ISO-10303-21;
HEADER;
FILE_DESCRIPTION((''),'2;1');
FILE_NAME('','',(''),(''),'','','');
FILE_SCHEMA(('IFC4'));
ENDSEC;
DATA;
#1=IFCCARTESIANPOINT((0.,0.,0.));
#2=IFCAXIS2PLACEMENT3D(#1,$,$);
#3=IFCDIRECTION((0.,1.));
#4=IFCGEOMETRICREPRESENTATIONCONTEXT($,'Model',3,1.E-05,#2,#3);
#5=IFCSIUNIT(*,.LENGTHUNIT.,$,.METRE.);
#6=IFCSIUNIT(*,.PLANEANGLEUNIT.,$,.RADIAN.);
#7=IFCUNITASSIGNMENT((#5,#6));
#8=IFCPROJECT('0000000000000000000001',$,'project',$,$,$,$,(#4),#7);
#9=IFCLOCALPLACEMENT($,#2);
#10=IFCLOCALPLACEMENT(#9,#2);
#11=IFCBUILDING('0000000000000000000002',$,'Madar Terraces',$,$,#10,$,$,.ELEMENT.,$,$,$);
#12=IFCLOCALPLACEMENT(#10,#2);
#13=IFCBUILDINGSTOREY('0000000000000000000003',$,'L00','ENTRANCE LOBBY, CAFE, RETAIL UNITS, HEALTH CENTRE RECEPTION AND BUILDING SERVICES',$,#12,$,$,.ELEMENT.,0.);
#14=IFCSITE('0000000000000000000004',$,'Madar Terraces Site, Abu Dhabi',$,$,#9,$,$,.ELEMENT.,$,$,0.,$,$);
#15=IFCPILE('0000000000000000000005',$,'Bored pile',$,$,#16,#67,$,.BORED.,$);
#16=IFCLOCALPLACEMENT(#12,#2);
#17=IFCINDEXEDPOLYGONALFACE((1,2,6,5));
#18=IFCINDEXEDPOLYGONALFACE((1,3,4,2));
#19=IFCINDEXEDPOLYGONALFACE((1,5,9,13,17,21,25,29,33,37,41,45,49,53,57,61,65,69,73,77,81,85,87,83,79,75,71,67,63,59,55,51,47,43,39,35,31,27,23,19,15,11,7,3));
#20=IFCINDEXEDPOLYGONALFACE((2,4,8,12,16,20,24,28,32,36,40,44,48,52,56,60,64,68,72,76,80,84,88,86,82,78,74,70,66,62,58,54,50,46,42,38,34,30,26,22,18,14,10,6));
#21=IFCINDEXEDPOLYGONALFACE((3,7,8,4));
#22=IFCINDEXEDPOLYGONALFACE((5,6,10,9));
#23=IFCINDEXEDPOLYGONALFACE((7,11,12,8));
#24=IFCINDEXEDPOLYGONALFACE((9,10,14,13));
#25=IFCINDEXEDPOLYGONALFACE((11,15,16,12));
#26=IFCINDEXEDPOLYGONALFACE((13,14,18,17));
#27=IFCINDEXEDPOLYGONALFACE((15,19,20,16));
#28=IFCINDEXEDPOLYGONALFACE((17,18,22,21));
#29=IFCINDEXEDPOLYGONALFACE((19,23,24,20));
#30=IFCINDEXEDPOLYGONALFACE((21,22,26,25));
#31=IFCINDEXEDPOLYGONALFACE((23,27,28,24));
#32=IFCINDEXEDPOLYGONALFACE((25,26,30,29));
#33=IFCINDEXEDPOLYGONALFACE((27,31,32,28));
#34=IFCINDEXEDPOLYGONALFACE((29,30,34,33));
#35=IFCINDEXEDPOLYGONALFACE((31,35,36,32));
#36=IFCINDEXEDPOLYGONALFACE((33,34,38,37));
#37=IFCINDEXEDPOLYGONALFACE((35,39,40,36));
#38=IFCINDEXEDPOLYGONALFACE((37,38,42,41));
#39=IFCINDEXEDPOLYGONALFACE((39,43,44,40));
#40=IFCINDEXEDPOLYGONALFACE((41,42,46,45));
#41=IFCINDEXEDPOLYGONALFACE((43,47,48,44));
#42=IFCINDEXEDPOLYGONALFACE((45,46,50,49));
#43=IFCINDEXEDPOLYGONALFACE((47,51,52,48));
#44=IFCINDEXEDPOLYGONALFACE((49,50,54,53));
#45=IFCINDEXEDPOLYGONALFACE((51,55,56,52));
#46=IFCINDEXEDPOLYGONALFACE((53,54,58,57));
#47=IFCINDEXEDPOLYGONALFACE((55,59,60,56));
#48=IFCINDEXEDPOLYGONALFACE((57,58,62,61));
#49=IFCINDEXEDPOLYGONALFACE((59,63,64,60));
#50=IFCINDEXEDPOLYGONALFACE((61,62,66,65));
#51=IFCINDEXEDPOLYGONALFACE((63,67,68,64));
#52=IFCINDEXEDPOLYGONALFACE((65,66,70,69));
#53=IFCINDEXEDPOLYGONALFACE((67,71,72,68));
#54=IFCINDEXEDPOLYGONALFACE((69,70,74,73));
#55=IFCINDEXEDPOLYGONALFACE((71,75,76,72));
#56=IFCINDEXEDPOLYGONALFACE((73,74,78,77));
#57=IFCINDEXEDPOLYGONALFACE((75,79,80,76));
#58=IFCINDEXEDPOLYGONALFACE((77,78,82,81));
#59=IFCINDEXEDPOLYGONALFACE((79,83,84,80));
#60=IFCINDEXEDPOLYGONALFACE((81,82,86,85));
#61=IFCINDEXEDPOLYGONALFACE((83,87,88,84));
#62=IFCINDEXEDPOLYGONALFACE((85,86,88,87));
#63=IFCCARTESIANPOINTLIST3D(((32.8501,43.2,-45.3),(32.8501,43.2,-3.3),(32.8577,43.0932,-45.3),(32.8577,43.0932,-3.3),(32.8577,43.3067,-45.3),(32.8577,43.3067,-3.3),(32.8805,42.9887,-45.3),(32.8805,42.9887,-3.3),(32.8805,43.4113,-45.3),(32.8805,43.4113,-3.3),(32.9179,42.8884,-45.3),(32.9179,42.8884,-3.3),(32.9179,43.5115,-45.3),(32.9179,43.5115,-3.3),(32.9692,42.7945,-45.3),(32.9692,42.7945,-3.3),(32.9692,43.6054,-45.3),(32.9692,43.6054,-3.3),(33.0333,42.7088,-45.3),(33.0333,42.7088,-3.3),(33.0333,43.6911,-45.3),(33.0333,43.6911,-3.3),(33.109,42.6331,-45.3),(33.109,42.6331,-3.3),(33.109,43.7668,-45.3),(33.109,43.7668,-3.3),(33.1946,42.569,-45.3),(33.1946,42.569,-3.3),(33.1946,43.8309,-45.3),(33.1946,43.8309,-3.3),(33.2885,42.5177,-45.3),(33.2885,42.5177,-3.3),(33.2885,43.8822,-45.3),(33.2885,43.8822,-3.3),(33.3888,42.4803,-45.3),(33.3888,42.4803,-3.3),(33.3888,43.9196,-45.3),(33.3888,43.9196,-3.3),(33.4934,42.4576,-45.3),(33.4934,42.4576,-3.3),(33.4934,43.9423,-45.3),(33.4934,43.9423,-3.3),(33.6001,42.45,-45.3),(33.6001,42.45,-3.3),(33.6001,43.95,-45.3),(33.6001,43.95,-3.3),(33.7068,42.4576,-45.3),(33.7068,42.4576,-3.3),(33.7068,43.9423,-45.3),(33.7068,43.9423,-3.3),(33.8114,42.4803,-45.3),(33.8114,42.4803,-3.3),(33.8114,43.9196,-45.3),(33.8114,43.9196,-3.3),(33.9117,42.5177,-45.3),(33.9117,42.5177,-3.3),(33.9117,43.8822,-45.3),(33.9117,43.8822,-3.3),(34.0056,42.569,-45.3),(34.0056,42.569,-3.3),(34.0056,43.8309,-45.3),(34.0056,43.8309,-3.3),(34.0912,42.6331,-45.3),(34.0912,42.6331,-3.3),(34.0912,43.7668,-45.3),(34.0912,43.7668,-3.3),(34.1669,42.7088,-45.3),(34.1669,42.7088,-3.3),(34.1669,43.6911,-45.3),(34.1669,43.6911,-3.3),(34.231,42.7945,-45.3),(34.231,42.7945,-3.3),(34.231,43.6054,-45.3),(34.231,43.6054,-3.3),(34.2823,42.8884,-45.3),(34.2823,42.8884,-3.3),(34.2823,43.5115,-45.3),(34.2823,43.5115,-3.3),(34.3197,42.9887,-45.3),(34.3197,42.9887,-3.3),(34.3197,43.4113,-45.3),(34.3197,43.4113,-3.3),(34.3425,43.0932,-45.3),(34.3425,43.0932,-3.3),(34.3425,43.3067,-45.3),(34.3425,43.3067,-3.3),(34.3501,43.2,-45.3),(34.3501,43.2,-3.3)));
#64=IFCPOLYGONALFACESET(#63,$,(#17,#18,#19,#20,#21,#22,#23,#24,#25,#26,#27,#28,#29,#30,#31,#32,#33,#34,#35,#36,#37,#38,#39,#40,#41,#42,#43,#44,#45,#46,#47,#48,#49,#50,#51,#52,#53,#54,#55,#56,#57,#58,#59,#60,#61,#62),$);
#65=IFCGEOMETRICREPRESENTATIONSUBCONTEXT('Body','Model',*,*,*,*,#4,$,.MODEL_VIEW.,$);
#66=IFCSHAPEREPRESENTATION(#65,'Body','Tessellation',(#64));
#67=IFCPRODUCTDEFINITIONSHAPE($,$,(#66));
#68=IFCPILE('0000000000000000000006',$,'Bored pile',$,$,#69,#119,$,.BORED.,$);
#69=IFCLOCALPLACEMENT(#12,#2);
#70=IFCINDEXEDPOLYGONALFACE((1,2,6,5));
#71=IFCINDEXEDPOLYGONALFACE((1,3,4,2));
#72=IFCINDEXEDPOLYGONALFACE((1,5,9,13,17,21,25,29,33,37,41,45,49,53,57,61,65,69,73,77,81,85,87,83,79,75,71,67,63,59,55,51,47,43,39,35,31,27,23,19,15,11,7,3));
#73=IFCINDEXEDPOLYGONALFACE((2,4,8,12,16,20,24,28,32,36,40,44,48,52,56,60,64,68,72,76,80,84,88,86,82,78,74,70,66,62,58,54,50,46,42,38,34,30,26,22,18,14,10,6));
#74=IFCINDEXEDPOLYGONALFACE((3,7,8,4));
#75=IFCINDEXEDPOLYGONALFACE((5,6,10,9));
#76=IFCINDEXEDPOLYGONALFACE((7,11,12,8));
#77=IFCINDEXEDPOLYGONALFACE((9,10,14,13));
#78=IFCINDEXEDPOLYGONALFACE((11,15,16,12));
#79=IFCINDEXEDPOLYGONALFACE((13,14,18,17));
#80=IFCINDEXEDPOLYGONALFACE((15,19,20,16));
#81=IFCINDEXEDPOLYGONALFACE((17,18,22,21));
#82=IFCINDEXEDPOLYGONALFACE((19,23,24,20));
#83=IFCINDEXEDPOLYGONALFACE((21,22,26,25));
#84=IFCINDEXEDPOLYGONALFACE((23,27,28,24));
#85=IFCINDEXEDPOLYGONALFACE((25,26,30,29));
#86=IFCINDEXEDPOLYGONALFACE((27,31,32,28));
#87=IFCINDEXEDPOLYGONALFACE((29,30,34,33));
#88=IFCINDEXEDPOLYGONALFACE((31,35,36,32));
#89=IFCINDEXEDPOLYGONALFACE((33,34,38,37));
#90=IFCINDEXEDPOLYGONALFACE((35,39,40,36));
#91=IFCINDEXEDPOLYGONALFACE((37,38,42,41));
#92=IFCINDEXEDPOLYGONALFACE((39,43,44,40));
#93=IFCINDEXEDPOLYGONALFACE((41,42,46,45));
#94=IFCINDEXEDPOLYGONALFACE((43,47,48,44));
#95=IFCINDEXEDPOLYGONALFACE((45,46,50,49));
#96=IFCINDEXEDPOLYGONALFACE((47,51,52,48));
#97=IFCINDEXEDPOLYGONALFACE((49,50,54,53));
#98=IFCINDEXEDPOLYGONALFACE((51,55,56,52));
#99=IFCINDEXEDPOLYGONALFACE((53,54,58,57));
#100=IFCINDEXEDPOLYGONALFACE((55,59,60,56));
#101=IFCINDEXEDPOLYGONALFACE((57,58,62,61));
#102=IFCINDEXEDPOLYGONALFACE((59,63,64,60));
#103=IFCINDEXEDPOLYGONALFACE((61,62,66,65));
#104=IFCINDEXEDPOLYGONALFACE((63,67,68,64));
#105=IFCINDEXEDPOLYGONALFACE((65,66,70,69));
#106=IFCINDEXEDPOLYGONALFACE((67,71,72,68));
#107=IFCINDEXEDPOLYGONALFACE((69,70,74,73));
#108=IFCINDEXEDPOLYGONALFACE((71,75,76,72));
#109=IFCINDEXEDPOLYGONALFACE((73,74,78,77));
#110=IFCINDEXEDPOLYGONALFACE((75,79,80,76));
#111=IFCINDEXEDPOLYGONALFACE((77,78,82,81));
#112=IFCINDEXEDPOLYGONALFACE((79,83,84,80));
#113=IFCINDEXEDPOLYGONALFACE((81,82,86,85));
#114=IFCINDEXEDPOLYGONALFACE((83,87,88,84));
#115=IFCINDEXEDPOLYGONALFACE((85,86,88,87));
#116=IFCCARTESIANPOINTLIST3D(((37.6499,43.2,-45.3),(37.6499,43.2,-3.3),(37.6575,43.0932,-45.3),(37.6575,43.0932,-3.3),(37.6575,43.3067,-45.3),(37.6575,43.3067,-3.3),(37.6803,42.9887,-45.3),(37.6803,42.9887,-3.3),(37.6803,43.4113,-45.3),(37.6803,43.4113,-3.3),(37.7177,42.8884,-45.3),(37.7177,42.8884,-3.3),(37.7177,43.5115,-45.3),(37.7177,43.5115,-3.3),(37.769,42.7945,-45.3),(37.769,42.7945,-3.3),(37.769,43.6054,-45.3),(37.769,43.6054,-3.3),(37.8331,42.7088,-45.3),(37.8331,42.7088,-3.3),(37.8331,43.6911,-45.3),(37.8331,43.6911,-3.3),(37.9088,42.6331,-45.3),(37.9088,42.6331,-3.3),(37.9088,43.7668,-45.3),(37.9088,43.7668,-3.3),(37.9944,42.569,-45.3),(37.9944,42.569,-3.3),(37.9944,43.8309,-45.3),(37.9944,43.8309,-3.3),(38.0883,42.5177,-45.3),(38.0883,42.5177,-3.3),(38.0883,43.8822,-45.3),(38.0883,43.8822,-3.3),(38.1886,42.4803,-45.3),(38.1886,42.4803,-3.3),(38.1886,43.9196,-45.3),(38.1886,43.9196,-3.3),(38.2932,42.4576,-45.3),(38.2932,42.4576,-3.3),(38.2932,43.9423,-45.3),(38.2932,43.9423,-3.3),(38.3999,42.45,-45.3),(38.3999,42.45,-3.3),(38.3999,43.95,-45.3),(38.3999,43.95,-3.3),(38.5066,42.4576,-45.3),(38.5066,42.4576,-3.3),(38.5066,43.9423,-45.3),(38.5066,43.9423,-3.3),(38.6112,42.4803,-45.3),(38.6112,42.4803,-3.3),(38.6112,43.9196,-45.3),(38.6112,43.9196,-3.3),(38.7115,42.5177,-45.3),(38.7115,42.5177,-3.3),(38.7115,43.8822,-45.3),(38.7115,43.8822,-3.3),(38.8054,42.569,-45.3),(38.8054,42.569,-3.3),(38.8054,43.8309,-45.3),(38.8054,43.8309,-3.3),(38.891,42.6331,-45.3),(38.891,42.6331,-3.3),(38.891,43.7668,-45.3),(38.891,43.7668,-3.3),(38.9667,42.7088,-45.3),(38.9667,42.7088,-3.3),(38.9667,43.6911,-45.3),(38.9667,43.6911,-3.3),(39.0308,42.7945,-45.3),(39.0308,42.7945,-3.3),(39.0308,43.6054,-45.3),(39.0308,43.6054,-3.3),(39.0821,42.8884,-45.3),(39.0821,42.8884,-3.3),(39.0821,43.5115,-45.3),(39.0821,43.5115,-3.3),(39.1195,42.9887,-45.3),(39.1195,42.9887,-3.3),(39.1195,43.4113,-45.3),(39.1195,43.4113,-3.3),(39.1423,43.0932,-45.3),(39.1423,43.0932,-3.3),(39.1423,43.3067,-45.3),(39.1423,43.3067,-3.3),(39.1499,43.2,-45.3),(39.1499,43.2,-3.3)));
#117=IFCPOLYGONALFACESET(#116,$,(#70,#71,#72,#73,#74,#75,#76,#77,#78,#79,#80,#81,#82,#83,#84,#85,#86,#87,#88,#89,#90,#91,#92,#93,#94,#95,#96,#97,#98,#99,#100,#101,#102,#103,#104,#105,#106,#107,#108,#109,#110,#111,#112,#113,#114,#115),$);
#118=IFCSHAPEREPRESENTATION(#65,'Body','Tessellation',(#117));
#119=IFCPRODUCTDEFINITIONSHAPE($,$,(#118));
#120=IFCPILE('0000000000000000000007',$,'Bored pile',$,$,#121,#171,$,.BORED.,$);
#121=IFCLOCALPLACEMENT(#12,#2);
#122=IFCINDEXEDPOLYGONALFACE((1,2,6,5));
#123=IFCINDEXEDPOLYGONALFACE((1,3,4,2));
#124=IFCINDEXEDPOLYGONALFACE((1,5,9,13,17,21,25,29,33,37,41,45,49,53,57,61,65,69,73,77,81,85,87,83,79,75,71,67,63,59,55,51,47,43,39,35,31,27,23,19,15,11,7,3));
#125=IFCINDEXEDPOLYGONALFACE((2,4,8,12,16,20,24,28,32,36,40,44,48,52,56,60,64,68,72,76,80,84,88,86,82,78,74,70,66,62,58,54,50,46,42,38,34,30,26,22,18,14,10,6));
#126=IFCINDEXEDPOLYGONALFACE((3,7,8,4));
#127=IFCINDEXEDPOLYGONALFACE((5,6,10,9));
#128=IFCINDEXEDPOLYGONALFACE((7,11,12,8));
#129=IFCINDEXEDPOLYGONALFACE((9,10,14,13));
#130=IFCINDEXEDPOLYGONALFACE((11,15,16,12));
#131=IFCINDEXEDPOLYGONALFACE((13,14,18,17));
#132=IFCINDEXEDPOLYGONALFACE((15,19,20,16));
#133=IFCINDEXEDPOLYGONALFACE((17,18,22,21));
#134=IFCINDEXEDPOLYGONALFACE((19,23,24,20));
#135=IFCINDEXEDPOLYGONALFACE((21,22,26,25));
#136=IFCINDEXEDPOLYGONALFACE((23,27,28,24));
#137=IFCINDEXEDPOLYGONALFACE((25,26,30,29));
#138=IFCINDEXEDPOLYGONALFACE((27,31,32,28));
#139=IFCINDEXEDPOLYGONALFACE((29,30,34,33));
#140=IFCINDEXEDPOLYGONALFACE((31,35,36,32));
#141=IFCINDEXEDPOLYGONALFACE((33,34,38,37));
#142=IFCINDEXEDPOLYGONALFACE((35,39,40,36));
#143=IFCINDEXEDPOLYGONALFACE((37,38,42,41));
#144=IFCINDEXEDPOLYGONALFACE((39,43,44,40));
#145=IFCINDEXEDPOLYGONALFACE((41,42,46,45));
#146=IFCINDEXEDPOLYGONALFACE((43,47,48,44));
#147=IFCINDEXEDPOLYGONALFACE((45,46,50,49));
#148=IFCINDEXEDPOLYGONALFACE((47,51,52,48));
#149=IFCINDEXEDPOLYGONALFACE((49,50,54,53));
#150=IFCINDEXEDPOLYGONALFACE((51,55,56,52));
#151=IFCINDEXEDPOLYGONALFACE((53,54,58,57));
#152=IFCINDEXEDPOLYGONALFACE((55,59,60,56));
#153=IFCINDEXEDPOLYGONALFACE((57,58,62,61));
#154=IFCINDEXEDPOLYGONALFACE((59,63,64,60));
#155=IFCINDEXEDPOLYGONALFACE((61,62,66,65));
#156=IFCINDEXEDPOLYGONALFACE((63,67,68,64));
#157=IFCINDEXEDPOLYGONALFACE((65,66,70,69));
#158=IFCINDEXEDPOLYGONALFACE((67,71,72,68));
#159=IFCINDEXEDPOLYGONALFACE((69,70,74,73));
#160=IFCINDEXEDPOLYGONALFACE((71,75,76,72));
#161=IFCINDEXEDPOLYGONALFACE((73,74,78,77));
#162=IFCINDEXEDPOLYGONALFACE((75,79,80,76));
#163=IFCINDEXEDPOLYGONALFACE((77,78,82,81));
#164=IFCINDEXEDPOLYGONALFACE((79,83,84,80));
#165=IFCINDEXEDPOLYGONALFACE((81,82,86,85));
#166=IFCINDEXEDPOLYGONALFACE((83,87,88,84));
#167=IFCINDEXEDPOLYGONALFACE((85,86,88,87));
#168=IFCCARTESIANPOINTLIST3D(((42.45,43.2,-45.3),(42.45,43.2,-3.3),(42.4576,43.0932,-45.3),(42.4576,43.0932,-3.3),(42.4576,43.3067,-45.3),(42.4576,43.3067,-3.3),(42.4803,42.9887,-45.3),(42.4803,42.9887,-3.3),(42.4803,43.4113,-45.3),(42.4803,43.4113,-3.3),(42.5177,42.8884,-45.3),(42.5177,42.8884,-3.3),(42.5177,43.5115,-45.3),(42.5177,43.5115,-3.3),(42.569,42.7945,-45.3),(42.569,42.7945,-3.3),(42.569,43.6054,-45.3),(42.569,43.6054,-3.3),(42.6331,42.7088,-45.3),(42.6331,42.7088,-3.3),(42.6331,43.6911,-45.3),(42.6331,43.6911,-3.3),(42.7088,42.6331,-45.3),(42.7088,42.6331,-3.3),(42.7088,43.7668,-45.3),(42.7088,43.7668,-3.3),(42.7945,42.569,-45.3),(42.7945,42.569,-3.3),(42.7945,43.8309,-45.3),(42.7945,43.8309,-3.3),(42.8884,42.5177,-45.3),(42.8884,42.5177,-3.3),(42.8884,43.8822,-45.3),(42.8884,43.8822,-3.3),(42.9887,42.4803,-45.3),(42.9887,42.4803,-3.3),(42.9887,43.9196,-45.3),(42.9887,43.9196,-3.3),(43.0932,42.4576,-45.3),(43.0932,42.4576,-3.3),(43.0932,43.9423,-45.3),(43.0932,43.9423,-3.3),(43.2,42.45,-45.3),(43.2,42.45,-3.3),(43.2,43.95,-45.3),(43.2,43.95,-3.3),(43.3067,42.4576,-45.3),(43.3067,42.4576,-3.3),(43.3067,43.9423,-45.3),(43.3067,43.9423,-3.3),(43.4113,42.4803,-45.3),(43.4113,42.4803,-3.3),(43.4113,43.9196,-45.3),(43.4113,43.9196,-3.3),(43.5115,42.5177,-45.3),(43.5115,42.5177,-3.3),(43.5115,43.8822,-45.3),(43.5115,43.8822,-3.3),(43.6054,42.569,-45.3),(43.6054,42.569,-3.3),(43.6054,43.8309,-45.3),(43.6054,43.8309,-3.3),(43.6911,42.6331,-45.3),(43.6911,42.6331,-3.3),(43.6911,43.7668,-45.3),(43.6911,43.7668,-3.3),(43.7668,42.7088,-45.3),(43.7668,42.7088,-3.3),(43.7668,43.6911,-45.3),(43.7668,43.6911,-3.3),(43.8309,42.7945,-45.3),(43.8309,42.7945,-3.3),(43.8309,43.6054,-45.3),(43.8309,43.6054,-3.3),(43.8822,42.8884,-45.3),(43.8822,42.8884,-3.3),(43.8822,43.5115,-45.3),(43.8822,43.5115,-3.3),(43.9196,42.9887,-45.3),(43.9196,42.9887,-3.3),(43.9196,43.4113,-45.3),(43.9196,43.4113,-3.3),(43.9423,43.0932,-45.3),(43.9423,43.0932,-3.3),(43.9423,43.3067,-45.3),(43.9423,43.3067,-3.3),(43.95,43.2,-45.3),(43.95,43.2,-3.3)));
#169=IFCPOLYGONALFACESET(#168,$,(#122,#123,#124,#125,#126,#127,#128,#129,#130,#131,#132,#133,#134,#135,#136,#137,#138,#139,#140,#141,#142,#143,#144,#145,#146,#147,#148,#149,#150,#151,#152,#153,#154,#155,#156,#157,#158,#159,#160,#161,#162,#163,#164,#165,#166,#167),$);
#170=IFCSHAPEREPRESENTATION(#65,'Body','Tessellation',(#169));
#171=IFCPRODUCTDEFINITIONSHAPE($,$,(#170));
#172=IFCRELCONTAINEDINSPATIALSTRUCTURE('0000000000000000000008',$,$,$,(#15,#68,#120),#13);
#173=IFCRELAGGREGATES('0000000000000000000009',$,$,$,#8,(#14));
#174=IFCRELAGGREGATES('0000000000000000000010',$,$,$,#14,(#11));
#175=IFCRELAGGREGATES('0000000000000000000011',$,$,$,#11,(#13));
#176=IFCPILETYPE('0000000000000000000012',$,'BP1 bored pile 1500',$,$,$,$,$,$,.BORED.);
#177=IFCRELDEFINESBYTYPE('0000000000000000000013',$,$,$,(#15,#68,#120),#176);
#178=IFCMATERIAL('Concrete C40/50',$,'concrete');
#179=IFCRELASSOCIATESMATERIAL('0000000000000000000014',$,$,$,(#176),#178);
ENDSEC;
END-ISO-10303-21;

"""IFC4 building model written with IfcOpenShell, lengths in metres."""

from ifc_helpers import new_model, si_unit, direction, frame, origin, origin_2d, place, context, subcontext, project, spatial, circle, extrude, material, material_profile, profile_set, type_object, element, save


model = new_model("IFC4")

# Units and contexts
model_context = context("Model", 3, precision=1e-05, world=origin(), true_north=direction((0.0, 1.0)))
body_context = subcontext(model_context, "Body", "Model", "MODEL_VIEW")
ifc_project = project(units=[si_unit("LENGTHUNIT", "METRE"), si_unit("PLANEANGLEUNIT", "RADIAN")], contexts=[model_context])

# Site, building, storey
site_placement = place(None, origin())
site = spatial("IfcSite", under=ifc_project, at=site_placement, Name="Madar Terraces Site, Abu Dhabi", CompositionType="ELEMENT", RefElevation=0.0)
building_placement = place(site_placement, origin())
building = spatial("IfcBuilding", under=site, at=building_placement, Name="Madar Terraces", CompositionType="ELEMENT")
storey_placement = place(building_placement, origin())
storey = spatial("IfcBuildingStorey", under=building, at=storey_placement, Name="L00", Description="ENTRANCE LOBBY, CAFE, RETAIL UNITS, HEALTH CENTRE RECEPTION AND BUILDING SERVICES", CompositionType="ELEMENT", Elevation=0.0)

# Piles
ifc_material_1 = material(Name="Concrete C40/50", Category="concrete")
ifc_material_profile_1 = material_profile(ifc_material_1, circle(Radius=0.75, at=origin_2d()), Name="BP1 bored pile 1500")
ifc_profile_set_1 = profile_set([ifc_material_profile_1], Name="Concrete C40/50")
pile_type = type_object("IfcPileType", Name="BP1 bored pile 1500", PredefinedType="BORED", material=ifc_profile_set_1)
for number, where, z_axis, x_axis, name in (
    (1, (33.6001, 43.2, -3.3), (0.0, 0.0, -1.0), (1.0, 0.0, 0.0), "Bored pile"),
    (2, (38.3999, 43.2, -3.3), (0.0, 0.0, -1.0), (1.0, 0.0, 0.0), "Bored pile"),
    (3, (43.2, 43.2, -3.3), (0.0, 0.0, -1.0), (1.0, 0.0, 0.0), "Bored pile"),
):
    element("IfcPile", number, at=place(storey_placement, frame(where, z_axis=z_axis, x_axis=x_axis)), inside=storey, type_object=pile_type, Name=name, PredefinedType="BORED", context=body_context, shape_type="SweptSolid", body=[
        extrude(circle(Radius=0.75, at=origin_2d()), origin(), (0.0, 0.0, 1.0), 42.0),
    ])

save(model, "model.ifc")
